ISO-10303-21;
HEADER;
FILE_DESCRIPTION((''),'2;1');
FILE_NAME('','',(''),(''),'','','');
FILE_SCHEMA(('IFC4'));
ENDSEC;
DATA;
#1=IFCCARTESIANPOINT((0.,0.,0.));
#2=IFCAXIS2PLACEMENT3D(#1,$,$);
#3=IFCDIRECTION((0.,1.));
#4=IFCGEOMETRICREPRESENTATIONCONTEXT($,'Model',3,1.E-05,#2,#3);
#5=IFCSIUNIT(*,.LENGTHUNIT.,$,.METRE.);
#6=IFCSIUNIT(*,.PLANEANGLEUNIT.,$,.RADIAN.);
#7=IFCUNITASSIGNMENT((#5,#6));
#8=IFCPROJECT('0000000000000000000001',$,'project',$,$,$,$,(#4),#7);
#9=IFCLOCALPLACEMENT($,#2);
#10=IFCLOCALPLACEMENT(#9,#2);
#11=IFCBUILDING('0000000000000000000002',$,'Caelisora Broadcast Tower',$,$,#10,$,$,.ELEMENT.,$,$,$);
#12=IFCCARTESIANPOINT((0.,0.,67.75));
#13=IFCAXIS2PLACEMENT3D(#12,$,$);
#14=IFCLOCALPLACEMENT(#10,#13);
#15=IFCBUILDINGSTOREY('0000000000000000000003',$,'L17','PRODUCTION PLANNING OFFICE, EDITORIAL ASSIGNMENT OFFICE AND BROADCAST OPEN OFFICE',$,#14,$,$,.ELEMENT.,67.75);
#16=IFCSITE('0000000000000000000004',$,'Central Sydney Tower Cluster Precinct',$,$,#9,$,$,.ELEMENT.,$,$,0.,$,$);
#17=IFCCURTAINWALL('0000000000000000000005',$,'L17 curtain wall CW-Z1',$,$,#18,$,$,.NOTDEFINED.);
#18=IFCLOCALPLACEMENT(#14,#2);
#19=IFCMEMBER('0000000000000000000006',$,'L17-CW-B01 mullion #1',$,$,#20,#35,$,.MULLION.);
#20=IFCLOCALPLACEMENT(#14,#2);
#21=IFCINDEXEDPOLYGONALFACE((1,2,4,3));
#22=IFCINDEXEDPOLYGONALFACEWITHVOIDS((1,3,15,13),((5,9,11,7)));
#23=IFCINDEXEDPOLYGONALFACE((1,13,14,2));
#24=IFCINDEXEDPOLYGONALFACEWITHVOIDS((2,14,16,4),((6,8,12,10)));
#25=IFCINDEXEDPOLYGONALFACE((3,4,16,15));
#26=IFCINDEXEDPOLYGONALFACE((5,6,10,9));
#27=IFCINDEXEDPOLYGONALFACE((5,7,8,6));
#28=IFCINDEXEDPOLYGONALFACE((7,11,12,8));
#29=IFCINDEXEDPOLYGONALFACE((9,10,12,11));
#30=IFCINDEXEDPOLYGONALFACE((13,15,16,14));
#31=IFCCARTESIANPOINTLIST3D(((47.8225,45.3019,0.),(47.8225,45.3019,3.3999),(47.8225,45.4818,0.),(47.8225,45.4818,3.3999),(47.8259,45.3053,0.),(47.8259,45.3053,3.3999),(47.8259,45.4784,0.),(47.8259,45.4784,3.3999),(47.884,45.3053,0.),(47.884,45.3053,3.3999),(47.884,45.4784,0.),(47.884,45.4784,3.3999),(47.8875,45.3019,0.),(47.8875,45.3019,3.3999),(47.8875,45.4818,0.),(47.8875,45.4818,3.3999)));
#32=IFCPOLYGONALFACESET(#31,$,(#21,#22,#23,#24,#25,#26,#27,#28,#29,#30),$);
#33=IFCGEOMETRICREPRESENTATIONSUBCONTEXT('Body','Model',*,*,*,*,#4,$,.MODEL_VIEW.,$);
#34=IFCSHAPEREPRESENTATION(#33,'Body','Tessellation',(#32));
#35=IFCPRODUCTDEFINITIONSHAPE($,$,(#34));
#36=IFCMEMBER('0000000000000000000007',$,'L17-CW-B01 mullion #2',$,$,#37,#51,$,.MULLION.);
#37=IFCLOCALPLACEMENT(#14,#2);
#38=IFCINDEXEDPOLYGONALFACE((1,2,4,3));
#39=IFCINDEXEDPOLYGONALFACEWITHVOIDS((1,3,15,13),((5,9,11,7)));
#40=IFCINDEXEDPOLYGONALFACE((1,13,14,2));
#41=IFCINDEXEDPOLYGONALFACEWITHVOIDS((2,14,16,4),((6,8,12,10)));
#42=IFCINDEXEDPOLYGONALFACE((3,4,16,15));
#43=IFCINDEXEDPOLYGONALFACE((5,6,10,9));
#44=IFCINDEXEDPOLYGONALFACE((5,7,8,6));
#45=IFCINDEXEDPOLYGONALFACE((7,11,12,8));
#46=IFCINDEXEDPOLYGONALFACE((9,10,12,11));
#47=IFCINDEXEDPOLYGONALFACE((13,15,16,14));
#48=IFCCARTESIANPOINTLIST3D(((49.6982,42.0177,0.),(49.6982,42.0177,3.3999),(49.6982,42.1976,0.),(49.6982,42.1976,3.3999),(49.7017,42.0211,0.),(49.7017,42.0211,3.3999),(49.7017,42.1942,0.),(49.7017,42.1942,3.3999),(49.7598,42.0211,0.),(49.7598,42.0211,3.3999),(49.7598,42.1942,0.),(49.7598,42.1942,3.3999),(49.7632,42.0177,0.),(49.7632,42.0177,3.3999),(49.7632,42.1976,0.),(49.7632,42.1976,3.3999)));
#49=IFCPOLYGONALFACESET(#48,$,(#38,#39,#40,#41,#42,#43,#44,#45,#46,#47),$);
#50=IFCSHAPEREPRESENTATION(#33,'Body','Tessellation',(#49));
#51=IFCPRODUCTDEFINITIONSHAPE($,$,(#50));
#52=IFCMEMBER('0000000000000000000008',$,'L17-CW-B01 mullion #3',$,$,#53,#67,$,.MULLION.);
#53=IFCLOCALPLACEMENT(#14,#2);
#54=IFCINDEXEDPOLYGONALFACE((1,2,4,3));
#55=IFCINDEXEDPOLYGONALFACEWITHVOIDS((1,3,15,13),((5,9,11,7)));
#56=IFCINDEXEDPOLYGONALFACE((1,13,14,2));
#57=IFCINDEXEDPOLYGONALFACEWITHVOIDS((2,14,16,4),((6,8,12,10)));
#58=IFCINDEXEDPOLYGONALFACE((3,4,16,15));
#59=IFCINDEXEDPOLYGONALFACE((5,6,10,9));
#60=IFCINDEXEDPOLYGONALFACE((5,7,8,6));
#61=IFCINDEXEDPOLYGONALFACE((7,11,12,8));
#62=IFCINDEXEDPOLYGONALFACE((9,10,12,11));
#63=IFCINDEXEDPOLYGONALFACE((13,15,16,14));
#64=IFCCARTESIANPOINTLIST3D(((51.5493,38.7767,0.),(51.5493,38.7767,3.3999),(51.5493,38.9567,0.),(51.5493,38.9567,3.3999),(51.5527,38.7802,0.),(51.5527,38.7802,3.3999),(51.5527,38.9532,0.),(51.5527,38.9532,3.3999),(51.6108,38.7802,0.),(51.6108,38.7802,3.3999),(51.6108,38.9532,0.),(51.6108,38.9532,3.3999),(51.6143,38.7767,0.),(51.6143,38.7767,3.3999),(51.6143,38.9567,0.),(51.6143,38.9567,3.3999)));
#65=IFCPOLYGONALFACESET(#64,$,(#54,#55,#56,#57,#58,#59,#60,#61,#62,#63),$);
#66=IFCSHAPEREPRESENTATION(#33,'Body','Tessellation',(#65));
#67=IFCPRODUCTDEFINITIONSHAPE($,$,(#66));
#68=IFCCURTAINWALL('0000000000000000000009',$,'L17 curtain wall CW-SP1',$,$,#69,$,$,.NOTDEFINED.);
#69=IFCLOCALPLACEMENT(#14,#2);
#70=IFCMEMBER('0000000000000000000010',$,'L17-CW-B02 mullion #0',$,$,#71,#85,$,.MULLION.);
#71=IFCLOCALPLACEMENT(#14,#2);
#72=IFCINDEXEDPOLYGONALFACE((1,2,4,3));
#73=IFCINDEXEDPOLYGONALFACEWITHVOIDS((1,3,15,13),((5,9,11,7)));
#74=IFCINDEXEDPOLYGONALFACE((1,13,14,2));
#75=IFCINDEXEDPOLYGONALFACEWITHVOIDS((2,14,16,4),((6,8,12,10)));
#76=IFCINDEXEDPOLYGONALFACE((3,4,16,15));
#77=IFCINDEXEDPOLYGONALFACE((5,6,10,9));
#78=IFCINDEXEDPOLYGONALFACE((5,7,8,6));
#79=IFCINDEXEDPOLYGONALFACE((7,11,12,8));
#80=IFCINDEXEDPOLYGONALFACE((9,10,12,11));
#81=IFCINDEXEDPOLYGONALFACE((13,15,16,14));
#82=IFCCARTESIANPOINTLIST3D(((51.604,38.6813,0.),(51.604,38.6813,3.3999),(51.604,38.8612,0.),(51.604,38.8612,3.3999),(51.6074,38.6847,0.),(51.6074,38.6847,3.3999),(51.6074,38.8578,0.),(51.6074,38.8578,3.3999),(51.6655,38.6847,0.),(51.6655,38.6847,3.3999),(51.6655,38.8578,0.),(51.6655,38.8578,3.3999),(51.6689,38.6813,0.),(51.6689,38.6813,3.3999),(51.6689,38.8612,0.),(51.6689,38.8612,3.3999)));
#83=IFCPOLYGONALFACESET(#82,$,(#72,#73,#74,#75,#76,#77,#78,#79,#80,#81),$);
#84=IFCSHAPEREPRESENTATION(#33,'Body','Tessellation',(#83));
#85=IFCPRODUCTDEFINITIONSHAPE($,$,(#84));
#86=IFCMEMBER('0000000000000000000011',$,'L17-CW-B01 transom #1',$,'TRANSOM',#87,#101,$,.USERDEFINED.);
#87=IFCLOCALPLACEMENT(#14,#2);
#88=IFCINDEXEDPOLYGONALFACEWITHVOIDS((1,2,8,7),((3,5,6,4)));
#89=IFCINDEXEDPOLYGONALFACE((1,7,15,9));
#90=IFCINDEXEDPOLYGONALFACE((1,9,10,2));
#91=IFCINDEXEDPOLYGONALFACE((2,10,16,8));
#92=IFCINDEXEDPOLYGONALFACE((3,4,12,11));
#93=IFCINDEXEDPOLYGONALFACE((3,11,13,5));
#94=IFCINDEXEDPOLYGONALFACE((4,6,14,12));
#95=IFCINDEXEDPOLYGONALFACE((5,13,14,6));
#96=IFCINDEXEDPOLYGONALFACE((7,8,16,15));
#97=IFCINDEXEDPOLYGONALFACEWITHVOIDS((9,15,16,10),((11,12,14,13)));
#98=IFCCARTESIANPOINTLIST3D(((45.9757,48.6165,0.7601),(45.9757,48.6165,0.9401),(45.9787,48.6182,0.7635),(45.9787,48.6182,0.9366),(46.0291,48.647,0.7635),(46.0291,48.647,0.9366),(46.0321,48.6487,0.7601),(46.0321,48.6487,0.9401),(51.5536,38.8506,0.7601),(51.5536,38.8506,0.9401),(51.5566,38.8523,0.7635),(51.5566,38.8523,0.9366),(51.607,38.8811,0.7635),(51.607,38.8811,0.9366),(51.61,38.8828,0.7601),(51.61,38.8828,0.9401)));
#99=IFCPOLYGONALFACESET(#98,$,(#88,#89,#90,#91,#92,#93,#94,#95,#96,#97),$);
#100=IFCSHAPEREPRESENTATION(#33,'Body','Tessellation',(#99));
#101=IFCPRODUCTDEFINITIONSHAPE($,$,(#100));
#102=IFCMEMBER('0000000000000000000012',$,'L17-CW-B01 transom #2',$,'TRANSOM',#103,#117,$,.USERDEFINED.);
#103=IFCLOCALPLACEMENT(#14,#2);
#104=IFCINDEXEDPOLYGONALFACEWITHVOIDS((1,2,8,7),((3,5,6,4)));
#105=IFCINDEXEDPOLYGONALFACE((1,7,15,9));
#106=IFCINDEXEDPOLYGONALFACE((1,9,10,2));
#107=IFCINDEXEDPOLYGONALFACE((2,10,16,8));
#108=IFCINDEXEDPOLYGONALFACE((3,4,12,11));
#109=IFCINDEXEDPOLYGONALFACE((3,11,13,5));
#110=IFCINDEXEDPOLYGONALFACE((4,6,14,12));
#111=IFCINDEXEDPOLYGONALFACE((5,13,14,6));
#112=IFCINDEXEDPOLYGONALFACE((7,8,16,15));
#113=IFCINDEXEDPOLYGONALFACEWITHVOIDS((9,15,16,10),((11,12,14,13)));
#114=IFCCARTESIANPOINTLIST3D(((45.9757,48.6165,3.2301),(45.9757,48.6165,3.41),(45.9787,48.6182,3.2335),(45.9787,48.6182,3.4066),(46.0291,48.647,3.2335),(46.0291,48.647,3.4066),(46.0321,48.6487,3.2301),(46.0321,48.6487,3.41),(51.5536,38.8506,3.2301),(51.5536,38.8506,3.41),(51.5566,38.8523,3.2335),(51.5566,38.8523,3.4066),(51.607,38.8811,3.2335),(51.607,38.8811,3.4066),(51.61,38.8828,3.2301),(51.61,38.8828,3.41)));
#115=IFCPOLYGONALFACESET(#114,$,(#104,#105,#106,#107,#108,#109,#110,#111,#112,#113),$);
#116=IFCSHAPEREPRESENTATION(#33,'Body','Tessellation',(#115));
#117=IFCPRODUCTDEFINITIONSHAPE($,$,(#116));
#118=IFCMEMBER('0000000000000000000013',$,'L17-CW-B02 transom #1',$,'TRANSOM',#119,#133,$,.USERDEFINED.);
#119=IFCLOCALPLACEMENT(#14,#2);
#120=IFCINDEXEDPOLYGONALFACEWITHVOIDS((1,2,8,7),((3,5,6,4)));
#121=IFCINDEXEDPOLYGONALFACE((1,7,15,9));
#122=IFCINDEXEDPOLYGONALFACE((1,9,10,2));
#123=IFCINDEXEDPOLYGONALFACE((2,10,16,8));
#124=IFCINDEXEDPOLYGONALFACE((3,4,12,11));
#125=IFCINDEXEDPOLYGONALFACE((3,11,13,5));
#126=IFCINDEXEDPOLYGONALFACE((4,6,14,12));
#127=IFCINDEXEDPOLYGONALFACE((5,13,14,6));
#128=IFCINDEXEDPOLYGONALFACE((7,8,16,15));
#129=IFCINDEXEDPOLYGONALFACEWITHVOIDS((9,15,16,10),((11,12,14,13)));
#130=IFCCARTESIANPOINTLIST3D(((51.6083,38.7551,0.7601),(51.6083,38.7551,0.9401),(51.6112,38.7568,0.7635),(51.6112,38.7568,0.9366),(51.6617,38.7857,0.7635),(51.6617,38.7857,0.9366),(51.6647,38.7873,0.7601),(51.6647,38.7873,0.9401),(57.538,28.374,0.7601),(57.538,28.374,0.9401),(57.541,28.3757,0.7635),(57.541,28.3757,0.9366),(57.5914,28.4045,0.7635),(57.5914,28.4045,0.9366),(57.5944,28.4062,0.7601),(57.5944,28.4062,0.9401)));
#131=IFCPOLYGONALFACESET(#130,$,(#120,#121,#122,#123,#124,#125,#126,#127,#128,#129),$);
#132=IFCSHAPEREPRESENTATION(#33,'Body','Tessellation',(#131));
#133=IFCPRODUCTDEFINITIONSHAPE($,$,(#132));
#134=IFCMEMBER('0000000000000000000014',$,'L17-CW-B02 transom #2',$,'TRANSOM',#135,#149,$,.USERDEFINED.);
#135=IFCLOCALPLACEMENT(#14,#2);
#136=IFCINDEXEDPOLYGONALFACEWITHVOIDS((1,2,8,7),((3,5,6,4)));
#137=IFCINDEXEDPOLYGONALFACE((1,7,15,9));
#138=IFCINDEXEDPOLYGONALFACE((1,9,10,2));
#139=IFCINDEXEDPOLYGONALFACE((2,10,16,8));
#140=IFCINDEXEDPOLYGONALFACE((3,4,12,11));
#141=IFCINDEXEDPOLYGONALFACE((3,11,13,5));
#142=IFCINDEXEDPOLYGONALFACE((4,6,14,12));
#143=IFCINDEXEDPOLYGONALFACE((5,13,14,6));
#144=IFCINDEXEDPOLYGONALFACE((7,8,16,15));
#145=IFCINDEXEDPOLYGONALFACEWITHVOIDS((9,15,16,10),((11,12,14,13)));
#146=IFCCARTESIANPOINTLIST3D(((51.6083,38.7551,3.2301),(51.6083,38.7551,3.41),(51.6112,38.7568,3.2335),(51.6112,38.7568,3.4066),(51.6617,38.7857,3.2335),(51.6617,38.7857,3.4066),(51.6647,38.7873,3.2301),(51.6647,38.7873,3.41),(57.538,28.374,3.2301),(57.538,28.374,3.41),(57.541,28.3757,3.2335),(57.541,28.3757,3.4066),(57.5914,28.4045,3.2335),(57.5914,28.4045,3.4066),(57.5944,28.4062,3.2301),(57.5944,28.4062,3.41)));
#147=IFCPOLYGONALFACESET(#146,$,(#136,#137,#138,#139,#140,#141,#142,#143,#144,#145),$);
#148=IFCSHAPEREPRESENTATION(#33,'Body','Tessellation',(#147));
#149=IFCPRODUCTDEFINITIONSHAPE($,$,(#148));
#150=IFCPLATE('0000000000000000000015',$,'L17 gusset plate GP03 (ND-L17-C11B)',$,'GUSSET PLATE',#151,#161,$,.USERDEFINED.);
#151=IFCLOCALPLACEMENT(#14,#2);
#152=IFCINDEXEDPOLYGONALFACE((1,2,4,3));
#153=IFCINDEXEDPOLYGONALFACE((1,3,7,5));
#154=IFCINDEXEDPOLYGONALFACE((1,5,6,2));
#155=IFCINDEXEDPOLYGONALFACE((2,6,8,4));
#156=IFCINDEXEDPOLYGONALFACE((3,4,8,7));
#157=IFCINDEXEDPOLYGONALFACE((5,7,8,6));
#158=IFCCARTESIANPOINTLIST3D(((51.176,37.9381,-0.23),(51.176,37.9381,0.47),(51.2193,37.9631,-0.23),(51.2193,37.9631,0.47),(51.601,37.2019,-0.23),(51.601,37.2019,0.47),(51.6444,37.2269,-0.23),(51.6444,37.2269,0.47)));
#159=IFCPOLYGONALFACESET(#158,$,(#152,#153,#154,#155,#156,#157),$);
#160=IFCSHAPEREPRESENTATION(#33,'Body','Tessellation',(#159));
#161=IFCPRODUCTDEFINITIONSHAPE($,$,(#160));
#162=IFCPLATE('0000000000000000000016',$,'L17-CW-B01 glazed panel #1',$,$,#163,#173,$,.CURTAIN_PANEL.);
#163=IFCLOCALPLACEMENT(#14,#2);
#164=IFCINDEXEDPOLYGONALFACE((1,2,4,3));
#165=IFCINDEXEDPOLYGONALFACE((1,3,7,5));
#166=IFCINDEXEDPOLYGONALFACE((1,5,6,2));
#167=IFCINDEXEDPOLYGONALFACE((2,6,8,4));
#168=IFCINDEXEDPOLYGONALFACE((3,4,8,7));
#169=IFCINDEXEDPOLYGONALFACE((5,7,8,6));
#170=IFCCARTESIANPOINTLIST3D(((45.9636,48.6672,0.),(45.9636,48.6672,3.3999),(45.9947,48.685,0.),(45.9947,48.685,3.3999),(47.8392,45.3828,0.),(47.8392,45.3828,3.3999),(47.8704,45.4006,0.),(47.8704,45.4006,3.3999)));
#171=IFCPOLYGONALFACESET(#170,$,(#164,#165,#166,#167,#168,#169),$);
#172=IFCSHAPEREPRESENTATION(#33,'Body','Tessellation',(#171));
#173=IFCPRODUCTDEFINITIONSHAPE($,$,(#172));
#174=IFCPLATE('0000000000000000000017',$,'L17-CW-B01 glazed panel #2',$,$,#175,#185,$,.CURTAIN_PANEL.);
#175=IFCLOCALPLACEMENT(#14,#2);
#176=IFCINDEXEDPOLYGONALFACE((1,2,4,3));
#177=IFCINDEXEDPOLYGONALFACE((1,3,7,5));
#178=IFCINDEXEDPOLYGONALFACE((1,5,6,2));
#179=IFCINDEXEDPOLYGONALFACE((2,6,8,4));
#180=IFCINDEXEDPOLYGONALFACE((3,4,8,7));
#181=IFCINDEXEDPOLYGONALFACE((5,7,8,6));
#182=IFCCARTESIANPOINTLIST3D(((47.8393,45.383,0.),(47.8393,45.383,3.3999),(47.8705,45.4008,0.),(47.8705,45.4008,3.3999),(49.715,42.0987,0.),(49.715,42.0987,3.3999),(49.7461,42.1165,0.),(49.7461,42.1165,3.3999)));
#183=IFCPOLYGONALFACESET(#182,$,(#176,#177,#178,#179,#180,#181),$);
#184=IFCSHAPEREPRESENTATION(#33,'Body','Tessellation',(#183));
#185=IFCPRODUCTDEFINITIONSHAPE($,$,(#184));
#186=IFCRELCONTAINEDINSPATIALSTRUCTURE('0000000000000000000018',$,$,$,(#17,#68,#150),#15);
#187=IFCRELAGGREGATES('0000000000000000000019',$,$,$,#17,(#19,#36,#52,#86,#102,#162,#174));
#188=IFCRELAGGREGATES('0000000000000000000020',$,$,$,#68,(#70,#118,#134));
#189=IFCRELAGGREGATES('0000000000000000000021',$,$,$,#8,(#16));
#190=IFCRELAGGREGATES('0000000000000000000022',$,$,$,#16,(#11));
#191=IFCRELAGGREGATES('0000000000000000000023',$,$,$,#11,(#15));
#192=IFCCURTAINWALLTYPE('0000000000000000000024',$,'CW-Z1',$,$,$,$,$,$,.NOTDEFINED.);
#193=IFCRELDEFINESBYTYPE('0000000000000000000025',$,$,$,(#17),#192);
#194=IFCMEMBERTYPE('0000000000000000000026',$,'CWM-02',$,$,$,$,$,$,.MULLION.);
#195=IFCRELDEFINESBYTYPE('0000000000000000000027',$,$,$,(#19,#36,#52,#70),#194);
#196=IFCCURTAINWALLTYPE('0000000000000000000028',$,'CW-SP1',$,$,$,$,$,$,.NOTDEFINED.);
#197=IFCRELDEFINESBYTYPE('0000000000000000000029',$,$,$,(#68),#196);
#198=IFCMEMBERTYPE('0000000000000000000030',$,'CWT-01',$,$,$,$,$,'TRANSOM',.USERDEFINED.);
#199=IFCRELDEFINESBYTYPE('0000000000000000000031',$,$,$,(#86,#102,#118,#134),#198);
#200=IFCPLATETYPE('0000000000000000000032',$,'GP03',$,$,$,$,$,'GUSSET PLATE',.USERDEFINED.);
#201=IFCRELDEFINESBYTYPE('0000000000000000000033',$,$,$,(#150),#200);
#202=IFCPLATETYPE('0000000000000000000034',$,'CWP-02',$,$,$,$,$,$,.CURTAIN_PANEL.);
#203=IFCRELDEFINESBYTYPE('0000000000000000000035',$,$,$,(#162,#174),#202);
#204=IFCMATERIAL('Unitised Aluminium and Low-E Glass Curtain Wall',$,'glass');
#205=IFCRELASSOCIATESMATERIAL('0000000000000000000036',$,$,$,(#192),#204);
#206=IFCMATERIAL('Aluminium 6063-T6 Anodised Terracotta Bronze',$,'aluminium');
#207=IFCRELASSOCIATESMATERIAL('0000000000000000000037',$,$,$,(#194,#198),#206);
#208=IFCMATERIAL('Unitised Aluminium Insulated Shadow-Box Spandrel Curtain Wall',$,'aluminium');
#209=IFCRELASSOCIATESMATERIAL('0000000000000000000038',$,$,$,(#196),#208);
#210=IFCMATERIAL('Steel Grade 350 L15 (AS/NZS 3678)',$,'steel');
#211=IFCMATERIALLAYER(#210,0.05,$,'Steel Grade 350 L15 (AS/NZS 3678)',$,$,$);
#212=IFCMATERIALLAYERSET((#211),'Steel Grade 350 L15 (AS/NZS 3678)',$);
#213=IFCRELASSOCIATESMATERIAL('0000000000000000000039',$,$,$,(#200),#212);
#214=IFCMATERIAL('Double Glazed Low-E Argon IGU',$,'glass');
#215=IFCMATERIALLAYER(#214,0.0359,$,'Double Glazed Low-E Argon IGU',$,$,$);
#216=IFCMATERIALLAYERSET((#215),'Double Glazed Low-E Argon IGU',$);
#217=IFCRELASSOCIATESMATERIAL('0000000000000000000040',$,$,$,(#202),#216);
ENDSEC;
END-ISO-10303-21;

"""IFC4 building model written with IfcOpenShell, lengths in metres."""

from ifc_helpers import new_model, si_unit, direction, frame, origin, origin_2d, place, context, subcontext, project, spatial, rectangle, hollow_rectangle, extrude, source, transform, mapped, material, layer, layer_set, material_profile, profile_set, type_object, type_shapes, element, aggregate, save


model = new_model("IFC4")

# Units and contexts
model_context = context("Model", 3, precision=1e-05, world=origin(), true_north=direction((0.0, 1.0)))
body_context = subcontext(model_context, "Body", "Model", "MODEL_VIEW")
ifc_project = project(units=[si_unit("LENGTHUNIT", "METRE"), si_unit("PLANEANGLEUNIT", "RADIAN")], contexts=[model_context])

# Site, building, storey
site_placement = place(None, origin())
site = spatial("IfcSite", under=ifc_project, at=site_placement, Name="Central Sydney Tower Cluster Precinct", CompositionType="ELEMENT", RefElevation=0.0)
building_placement = place(site_placement, origin())
building = spatial("IfcBuilding", under=site, at=building_placement, Name="Caelisora Broadcast Tower", CompositionType="ELEMENT")
storey_placement = place(building_placement, frame((0.0, 0.0, 67.75)))
storey = spatial("IfcBuildingStorey", under=building, at=storey_placement, Name="L17", Description="PRODUCTION PLANNING OFFICE, EDITORIAL ASSIGNMENT OFFICE AND BROADCAST OPEN OFFICE", CompositionType="ELEMENT", Elevation=67.75)

# Shared definitions
ifc_material_1 = material(Name="Steel Grade 350 L15 (AS/NZS 3678)", Category="steel")

# Curtain wall, members
ifc_material_2 = material(Name="Unitised Aluminium and Low-E Glass Curtain Wall", Category="glass")
curtain_wall_type_1 = type_object("IfcCurtainWallType", Name="CW-Z1", PredefinedType="NOTDEFINED", material=ifc_material_2)
curtain_wall_1_placement = place(storey_placement, origin())
curtain_wall_1 = element("IfcCurtainWall", 1, at=curtain_wall_1_placement, inside=storey, type_object=curtain_wall_type_1, Name="L17 curtain wall CW-Z1", PredefinedType="NOTDEFINED")
ifc_material_3 = material(Name="Aluminium 6063-T6 Anodised Terracotta Bronze", Category="aluminium")
ifc_material_profile_1 = material_profile(ifc_material_3, hollow_rectangle(XDim=0.0649, YDim=0.1799, WallThickness=0.0034, at=origin_2d()), Name="Aluminium 6063-T6 Anodised Terracotta Bronze")
ifc_profile_set_1 = profile_set([ifc_material_profile_1], Name="Aluminium 6063-T6 Anodised Terracotta Bronze")
member_type_1 = type_object("IfcMemberType", Name="CWM-02", PredefinedType="MULLION", material=ifc_profile_set_1)
shared_shape_1 = source(origin(), body_context, "Body", "SweptSolid", [
    extrude(hollow_rectangle(XDim=0.0649, YDim=0.1799, WallThickness=0.0034, at=origin_2d()), origin(), (0.0, 0.0, 1.0), 3.3999),
])
type_shapes(member_type_1, [shared_shape_1])
member_1_placement = place(storey_placement, frame((47.855, 45.3918, 0.0), z_axis=(0.0, 0.0, 1.0), x_axis=(1.0, 0.0, 0.0)))
member_1 = element("IfcMember", 2, at=member_1_placement, type_object=member_type_1, Name="L17-CW-B01 mullion #1", PredefinedType="MULLION", context=body_context, shape_type="MappedRepresentation", body=[
    mapped(shared_shape_1, transform((0.0, 0.0, 0.0), scale=1.0)),
])
member_2_placement = place(storey_placement, frame((49.7307, 42.1077, 0.0), z_axis=(0.0, 0.0, 1.0), x_axis=(1.0, 0.0, 0.0)))
member_2 = element("IfcMember", 3, at=member_2_placement, type_object=member_type_1, Name="L17-CW-B01 mullion #2", PredefinedType="MULLION", context=body_context, shape_type="MappedRepresentation", body=[
    mapped(shared_shape_1, transform((0.0, 0.0, 0.0), scale=1.0)),
])
member_3_placement = place(storey_placement, frame((51.5818, 38.8667, 0.0), z_axis=(0.0, 0.0, 1.0), x_axis=(1.0, 0.0, 0.0)))
member_3 = element("IfcMember", 4, at=member_3_placement, type_object=member_type_1, Name="L17-CW-B01 mullion #3", PredefinedType="MULLION", context=body_context, shape_type="MappedRepresentation", body=[
    mapped(shared_shape_1, transform((0.0, 0.0, 0.0), scale=1.0)),
])

# Curtain wall, member
ifc_material_4 = material(Name="Unitised Aluminium Insulated Shadow-Box Spandrel Curtain Wall", Category="aluminium")
curtain_wall_type_2 = type_object("IfcCurtainWallType", Name="CW-SP1", PredefinedType="NOTDEFINED", material=ifc_material_4)
curtain_wall_2_placement = place(storey_placement, origin())
curtain_wall_2 = element("IfcCurtainWall", 5, at=curtain_wall_2_placement, inside=storey, type_object=curtain_wall_type_2, Name="L17 curtain wall CW-SP1", PredefinedType="NOTDEFINED")
member_4_placement = place(storey_placement, frame((51.6365, 38.7712, 0.0), z_axis=(0.0, 0.0, 1.0), x_axis=(1.0, 0.0, 0.0)))
member_4 = element("IfcMember", 6, at=member_4_placement, type_object=member_type_1, Name="L17-CW-B02 mullion #0", PredefinedType="MULLION", context=body_context, shape_type="MappedRepresentation", body=[
    mapped(shared_shape_1, transform((0.0, 0.0, 0.0), scale=1.0)),
])

# Members
ifc_material_profile_2 = material_profile(ifc_material_3, hollow_rectangle(XDim=0.0649, YDim=0.1799, WallThickness=0.0034, at=origin_2d()), Name="Aluminium 6063-T6 Anodised Terracotta Bronze")
ifc_profile_set_2 = profile_set([ifc_material_profile_2], Name="Aluminium 6063-T6 Anodised Terracotta Bronze")
member_type_2 = type_object("IfcMemberType", Name="CWT-01", ElementType="TRANSOM", PredefinedType="USERDEFINED", material=ifc_profile_set_2)
shared_shape_2 = source(origin(), body_context, "Body", "SweptSolid", [
    extrude(hollow_rectangle(XDim=0.0649, YDim=0.1799, WallThickness=0.0034, at=origin_2d()), origin(), (0.0, 0.0, 1.0), 11.2466),
])
member_5_placement = place(storey_placement, frame((46.0039, 48.6326, 0.8501), z_axis=(0.495964, -0.868343, 0.0), x_axis=(0.868343, 0.495964, 0.0)))
member_5 = element("IfcMember", 7, at=member_5_placement, type_object=member_type_2, Name="L17-CW-B01 transom #1", ObjectType="TRANSOM", PredefinedType="USERDEFINED", context=body_context, shape_type="MappedRepresentation", body=[
    mapped(shared_shape_2, transform((0.0, 0.0, 0.0), scale=1.0)),
])
member_6_placement = place(storey_placement, frame((46.0039, 48.6326, 3.3201), z_axis=(0.495964, -0.868343, 0.0), x_axis=(0.868343, 0.495964, 0.0)))
member_6 = element("IfcMember", 8, at=member_6_placement, type_object=member_type_2, Name="L17-CW-B01 transom #2", ObjectType="TRANSOM", PredefinedType="USERDEFINED", context=body_context, shape_type="MappedRepresentation", body=[
    mapped(shared_shape_2, transform((0.0, 0.0, 0.0), scale=1.0)),
])
shared_shape_3 = source(origin(), body_context, "Body", "SweptSolid", [
    extrude(hollow_rectangle(XDim=0.0649, YDim=0.1799, WallThickness=0.0034, at=origin_2d()), origin(), (0.0, 0.0, 1.0), 11.9553),
])
type_shapes(member_type_2, [shared_shape_2, shared_shape_3])
member_7_placement = place(storey_placement, frame((51.6365, 38.7712, 0.8501), z_axis=(0.495989, -0.868329, 0.0), x_axis=(0.868329, 0.495989, 0.0)))
member_7 = element("IfcMember", 9, at=member_7_placement, type_object=member_type_2, Name="L17-CW-B02 transom #1", ObjectType="TRANSOM", PredefinedType="USERDEFINED", context=body_context, shape_type="MappedRepresentation", body=[
    mapped(shared_shape_3, transform((0.0, 0.0, 0.0), scale=1.0)),
])
member_8_placement = place(storey_placement, frame((51.6365, 38.7712, 3.3201), z_axis=(0.495989, -0.868329, 0.0), x_axis=(0.868329, 0.495989, 0.0)))
member_8 = element("IfcMember", 10, at=member_8_placement, type_object=member_type_2, Name="L17-CW-B02 transom #2", ObjectType="TRANSOM", PredefinedType="USERDEFINED", context=body_context, shape_type="MappedRepresentation", body=[
    mapped(shared_shape_3, transform((0.0, 0.0, 0.0), scale=1.0)),
])

# Plates
ifc_layer_1 = layer(ifc_material_1, 0.05, Name="Steel Grade 350 L15 (AS/NZS 3678)")
ifc_layer_set_1 = layer_set([ifc_layer_1], Name="Steel Grade 350 L15 (AS/NZS 3678)")
plate_type_1 = type_object("IfcPlateType", Name="GP03", ElementType="GUSSET PLATE", PredefinedType="USERDEFINED", material=ifc_layer_set_1)
shared_shape_4 = source(origin(), body_context, "Body", "SweptSolid", [
    extrude(rectangle(XDim=0.8501, YDim=0.05, at=origin_2d()), origin(), (0.0, 0.0, 1.0), 0.7),
])
type_shapes(plate_type_1, [shared_shape_4])
plate_1_placement = place(storey_placement, frame((51.4102, 37.5825, -0.23), z_axis=(0.0, 0.0, 1.0), x_axis=(-0.5, 0.866025, 0.0)))
element("IfcPlate", 11, at=plate_1_placement, inside=storey, type_object=plate_type_1, Name="L17 gusset plate GP03 (ND-L17-C11B)", ObjectType="GUSSET PLATE", PredefinedType="USERDEFINED", context=body_context, shape_type="MappedRepresentation", body=[
    mapped(shared_shape_4, transform((0.0, 0.0, 0.0), scale=1.0)),
])
ifc_material_5 = material(Name="Double Glazed Low-E Argon IGU", Category="glass")
ifc_layer_2 = layer(ifc_material_5, 0.0359, Name="Double Glazed Low-E Argon IGU")
ifc_layer_set_2 = layer_set([ifc_layer_2], Name="Double Glazed Low-E Argon IGU")
plate_type_2 = type_object("IfcPlateType", Name="CWP-02", PredefinedType="CURTAIN_PANEL", material=ifc_layer_set_2)
shared_shape_5 = source(origin(), body_context, "Body", "SweptSolid", [
    extrude(rectangle(XDim=3.7822, YDim=0.0359, at=origin_2d()), origin(), (0.0, 0.0, 1.0), 3.3999),
])
type_shapes(plate_type_2, [shared_shape_5])
plate_2_placement = place(storey_placement, frame((46.917, 47.0339, 0.0), z_axis=(0.0, 0.0, 1.0), x_axis=(0.495913, -0.868372, 0.0)))
plate_2 = element("IfcPlate", 12, at=plate_2_placement, type_object=plate_type_2, Name="L17-CW-B01 glazed panel #1", PredefinedType="CURTAIN_PANEL", context=body_context, shape_type="MappedRepresentation", body=[
    mapped(shared_shape_5, transform((0.0, 0.0, 0.0), scale=1.0)),
])
plate_3_placement = place(storey_placement, frame((48.7927, 43.7498, 0.0), z_axis=(0.0, 0.0, 1.0), x_axis=(0.495913, -0.868372, 0.0)))
plate_3 = element("IfcPlate", 13, at=plate_3_placement, type_object=plate_type_2, Name="L17-CW-B01 glazed panel #2", PredefinedType="CURTAIN_PANEL", context=body_context, shape_type="MappedRepresentation", body=[
    mapped(shared_shape_5, transform((0.0, 0.0, 0.0), scale=1.0)),
])
aggregate(curtain_wall_1, [member_1, member_2, member_3, member_5, member_6, plate_2, plate_3])
aggregate(curtain_wall_2, [member_4, member_7, member_8])

save(model, "model.ifc")
